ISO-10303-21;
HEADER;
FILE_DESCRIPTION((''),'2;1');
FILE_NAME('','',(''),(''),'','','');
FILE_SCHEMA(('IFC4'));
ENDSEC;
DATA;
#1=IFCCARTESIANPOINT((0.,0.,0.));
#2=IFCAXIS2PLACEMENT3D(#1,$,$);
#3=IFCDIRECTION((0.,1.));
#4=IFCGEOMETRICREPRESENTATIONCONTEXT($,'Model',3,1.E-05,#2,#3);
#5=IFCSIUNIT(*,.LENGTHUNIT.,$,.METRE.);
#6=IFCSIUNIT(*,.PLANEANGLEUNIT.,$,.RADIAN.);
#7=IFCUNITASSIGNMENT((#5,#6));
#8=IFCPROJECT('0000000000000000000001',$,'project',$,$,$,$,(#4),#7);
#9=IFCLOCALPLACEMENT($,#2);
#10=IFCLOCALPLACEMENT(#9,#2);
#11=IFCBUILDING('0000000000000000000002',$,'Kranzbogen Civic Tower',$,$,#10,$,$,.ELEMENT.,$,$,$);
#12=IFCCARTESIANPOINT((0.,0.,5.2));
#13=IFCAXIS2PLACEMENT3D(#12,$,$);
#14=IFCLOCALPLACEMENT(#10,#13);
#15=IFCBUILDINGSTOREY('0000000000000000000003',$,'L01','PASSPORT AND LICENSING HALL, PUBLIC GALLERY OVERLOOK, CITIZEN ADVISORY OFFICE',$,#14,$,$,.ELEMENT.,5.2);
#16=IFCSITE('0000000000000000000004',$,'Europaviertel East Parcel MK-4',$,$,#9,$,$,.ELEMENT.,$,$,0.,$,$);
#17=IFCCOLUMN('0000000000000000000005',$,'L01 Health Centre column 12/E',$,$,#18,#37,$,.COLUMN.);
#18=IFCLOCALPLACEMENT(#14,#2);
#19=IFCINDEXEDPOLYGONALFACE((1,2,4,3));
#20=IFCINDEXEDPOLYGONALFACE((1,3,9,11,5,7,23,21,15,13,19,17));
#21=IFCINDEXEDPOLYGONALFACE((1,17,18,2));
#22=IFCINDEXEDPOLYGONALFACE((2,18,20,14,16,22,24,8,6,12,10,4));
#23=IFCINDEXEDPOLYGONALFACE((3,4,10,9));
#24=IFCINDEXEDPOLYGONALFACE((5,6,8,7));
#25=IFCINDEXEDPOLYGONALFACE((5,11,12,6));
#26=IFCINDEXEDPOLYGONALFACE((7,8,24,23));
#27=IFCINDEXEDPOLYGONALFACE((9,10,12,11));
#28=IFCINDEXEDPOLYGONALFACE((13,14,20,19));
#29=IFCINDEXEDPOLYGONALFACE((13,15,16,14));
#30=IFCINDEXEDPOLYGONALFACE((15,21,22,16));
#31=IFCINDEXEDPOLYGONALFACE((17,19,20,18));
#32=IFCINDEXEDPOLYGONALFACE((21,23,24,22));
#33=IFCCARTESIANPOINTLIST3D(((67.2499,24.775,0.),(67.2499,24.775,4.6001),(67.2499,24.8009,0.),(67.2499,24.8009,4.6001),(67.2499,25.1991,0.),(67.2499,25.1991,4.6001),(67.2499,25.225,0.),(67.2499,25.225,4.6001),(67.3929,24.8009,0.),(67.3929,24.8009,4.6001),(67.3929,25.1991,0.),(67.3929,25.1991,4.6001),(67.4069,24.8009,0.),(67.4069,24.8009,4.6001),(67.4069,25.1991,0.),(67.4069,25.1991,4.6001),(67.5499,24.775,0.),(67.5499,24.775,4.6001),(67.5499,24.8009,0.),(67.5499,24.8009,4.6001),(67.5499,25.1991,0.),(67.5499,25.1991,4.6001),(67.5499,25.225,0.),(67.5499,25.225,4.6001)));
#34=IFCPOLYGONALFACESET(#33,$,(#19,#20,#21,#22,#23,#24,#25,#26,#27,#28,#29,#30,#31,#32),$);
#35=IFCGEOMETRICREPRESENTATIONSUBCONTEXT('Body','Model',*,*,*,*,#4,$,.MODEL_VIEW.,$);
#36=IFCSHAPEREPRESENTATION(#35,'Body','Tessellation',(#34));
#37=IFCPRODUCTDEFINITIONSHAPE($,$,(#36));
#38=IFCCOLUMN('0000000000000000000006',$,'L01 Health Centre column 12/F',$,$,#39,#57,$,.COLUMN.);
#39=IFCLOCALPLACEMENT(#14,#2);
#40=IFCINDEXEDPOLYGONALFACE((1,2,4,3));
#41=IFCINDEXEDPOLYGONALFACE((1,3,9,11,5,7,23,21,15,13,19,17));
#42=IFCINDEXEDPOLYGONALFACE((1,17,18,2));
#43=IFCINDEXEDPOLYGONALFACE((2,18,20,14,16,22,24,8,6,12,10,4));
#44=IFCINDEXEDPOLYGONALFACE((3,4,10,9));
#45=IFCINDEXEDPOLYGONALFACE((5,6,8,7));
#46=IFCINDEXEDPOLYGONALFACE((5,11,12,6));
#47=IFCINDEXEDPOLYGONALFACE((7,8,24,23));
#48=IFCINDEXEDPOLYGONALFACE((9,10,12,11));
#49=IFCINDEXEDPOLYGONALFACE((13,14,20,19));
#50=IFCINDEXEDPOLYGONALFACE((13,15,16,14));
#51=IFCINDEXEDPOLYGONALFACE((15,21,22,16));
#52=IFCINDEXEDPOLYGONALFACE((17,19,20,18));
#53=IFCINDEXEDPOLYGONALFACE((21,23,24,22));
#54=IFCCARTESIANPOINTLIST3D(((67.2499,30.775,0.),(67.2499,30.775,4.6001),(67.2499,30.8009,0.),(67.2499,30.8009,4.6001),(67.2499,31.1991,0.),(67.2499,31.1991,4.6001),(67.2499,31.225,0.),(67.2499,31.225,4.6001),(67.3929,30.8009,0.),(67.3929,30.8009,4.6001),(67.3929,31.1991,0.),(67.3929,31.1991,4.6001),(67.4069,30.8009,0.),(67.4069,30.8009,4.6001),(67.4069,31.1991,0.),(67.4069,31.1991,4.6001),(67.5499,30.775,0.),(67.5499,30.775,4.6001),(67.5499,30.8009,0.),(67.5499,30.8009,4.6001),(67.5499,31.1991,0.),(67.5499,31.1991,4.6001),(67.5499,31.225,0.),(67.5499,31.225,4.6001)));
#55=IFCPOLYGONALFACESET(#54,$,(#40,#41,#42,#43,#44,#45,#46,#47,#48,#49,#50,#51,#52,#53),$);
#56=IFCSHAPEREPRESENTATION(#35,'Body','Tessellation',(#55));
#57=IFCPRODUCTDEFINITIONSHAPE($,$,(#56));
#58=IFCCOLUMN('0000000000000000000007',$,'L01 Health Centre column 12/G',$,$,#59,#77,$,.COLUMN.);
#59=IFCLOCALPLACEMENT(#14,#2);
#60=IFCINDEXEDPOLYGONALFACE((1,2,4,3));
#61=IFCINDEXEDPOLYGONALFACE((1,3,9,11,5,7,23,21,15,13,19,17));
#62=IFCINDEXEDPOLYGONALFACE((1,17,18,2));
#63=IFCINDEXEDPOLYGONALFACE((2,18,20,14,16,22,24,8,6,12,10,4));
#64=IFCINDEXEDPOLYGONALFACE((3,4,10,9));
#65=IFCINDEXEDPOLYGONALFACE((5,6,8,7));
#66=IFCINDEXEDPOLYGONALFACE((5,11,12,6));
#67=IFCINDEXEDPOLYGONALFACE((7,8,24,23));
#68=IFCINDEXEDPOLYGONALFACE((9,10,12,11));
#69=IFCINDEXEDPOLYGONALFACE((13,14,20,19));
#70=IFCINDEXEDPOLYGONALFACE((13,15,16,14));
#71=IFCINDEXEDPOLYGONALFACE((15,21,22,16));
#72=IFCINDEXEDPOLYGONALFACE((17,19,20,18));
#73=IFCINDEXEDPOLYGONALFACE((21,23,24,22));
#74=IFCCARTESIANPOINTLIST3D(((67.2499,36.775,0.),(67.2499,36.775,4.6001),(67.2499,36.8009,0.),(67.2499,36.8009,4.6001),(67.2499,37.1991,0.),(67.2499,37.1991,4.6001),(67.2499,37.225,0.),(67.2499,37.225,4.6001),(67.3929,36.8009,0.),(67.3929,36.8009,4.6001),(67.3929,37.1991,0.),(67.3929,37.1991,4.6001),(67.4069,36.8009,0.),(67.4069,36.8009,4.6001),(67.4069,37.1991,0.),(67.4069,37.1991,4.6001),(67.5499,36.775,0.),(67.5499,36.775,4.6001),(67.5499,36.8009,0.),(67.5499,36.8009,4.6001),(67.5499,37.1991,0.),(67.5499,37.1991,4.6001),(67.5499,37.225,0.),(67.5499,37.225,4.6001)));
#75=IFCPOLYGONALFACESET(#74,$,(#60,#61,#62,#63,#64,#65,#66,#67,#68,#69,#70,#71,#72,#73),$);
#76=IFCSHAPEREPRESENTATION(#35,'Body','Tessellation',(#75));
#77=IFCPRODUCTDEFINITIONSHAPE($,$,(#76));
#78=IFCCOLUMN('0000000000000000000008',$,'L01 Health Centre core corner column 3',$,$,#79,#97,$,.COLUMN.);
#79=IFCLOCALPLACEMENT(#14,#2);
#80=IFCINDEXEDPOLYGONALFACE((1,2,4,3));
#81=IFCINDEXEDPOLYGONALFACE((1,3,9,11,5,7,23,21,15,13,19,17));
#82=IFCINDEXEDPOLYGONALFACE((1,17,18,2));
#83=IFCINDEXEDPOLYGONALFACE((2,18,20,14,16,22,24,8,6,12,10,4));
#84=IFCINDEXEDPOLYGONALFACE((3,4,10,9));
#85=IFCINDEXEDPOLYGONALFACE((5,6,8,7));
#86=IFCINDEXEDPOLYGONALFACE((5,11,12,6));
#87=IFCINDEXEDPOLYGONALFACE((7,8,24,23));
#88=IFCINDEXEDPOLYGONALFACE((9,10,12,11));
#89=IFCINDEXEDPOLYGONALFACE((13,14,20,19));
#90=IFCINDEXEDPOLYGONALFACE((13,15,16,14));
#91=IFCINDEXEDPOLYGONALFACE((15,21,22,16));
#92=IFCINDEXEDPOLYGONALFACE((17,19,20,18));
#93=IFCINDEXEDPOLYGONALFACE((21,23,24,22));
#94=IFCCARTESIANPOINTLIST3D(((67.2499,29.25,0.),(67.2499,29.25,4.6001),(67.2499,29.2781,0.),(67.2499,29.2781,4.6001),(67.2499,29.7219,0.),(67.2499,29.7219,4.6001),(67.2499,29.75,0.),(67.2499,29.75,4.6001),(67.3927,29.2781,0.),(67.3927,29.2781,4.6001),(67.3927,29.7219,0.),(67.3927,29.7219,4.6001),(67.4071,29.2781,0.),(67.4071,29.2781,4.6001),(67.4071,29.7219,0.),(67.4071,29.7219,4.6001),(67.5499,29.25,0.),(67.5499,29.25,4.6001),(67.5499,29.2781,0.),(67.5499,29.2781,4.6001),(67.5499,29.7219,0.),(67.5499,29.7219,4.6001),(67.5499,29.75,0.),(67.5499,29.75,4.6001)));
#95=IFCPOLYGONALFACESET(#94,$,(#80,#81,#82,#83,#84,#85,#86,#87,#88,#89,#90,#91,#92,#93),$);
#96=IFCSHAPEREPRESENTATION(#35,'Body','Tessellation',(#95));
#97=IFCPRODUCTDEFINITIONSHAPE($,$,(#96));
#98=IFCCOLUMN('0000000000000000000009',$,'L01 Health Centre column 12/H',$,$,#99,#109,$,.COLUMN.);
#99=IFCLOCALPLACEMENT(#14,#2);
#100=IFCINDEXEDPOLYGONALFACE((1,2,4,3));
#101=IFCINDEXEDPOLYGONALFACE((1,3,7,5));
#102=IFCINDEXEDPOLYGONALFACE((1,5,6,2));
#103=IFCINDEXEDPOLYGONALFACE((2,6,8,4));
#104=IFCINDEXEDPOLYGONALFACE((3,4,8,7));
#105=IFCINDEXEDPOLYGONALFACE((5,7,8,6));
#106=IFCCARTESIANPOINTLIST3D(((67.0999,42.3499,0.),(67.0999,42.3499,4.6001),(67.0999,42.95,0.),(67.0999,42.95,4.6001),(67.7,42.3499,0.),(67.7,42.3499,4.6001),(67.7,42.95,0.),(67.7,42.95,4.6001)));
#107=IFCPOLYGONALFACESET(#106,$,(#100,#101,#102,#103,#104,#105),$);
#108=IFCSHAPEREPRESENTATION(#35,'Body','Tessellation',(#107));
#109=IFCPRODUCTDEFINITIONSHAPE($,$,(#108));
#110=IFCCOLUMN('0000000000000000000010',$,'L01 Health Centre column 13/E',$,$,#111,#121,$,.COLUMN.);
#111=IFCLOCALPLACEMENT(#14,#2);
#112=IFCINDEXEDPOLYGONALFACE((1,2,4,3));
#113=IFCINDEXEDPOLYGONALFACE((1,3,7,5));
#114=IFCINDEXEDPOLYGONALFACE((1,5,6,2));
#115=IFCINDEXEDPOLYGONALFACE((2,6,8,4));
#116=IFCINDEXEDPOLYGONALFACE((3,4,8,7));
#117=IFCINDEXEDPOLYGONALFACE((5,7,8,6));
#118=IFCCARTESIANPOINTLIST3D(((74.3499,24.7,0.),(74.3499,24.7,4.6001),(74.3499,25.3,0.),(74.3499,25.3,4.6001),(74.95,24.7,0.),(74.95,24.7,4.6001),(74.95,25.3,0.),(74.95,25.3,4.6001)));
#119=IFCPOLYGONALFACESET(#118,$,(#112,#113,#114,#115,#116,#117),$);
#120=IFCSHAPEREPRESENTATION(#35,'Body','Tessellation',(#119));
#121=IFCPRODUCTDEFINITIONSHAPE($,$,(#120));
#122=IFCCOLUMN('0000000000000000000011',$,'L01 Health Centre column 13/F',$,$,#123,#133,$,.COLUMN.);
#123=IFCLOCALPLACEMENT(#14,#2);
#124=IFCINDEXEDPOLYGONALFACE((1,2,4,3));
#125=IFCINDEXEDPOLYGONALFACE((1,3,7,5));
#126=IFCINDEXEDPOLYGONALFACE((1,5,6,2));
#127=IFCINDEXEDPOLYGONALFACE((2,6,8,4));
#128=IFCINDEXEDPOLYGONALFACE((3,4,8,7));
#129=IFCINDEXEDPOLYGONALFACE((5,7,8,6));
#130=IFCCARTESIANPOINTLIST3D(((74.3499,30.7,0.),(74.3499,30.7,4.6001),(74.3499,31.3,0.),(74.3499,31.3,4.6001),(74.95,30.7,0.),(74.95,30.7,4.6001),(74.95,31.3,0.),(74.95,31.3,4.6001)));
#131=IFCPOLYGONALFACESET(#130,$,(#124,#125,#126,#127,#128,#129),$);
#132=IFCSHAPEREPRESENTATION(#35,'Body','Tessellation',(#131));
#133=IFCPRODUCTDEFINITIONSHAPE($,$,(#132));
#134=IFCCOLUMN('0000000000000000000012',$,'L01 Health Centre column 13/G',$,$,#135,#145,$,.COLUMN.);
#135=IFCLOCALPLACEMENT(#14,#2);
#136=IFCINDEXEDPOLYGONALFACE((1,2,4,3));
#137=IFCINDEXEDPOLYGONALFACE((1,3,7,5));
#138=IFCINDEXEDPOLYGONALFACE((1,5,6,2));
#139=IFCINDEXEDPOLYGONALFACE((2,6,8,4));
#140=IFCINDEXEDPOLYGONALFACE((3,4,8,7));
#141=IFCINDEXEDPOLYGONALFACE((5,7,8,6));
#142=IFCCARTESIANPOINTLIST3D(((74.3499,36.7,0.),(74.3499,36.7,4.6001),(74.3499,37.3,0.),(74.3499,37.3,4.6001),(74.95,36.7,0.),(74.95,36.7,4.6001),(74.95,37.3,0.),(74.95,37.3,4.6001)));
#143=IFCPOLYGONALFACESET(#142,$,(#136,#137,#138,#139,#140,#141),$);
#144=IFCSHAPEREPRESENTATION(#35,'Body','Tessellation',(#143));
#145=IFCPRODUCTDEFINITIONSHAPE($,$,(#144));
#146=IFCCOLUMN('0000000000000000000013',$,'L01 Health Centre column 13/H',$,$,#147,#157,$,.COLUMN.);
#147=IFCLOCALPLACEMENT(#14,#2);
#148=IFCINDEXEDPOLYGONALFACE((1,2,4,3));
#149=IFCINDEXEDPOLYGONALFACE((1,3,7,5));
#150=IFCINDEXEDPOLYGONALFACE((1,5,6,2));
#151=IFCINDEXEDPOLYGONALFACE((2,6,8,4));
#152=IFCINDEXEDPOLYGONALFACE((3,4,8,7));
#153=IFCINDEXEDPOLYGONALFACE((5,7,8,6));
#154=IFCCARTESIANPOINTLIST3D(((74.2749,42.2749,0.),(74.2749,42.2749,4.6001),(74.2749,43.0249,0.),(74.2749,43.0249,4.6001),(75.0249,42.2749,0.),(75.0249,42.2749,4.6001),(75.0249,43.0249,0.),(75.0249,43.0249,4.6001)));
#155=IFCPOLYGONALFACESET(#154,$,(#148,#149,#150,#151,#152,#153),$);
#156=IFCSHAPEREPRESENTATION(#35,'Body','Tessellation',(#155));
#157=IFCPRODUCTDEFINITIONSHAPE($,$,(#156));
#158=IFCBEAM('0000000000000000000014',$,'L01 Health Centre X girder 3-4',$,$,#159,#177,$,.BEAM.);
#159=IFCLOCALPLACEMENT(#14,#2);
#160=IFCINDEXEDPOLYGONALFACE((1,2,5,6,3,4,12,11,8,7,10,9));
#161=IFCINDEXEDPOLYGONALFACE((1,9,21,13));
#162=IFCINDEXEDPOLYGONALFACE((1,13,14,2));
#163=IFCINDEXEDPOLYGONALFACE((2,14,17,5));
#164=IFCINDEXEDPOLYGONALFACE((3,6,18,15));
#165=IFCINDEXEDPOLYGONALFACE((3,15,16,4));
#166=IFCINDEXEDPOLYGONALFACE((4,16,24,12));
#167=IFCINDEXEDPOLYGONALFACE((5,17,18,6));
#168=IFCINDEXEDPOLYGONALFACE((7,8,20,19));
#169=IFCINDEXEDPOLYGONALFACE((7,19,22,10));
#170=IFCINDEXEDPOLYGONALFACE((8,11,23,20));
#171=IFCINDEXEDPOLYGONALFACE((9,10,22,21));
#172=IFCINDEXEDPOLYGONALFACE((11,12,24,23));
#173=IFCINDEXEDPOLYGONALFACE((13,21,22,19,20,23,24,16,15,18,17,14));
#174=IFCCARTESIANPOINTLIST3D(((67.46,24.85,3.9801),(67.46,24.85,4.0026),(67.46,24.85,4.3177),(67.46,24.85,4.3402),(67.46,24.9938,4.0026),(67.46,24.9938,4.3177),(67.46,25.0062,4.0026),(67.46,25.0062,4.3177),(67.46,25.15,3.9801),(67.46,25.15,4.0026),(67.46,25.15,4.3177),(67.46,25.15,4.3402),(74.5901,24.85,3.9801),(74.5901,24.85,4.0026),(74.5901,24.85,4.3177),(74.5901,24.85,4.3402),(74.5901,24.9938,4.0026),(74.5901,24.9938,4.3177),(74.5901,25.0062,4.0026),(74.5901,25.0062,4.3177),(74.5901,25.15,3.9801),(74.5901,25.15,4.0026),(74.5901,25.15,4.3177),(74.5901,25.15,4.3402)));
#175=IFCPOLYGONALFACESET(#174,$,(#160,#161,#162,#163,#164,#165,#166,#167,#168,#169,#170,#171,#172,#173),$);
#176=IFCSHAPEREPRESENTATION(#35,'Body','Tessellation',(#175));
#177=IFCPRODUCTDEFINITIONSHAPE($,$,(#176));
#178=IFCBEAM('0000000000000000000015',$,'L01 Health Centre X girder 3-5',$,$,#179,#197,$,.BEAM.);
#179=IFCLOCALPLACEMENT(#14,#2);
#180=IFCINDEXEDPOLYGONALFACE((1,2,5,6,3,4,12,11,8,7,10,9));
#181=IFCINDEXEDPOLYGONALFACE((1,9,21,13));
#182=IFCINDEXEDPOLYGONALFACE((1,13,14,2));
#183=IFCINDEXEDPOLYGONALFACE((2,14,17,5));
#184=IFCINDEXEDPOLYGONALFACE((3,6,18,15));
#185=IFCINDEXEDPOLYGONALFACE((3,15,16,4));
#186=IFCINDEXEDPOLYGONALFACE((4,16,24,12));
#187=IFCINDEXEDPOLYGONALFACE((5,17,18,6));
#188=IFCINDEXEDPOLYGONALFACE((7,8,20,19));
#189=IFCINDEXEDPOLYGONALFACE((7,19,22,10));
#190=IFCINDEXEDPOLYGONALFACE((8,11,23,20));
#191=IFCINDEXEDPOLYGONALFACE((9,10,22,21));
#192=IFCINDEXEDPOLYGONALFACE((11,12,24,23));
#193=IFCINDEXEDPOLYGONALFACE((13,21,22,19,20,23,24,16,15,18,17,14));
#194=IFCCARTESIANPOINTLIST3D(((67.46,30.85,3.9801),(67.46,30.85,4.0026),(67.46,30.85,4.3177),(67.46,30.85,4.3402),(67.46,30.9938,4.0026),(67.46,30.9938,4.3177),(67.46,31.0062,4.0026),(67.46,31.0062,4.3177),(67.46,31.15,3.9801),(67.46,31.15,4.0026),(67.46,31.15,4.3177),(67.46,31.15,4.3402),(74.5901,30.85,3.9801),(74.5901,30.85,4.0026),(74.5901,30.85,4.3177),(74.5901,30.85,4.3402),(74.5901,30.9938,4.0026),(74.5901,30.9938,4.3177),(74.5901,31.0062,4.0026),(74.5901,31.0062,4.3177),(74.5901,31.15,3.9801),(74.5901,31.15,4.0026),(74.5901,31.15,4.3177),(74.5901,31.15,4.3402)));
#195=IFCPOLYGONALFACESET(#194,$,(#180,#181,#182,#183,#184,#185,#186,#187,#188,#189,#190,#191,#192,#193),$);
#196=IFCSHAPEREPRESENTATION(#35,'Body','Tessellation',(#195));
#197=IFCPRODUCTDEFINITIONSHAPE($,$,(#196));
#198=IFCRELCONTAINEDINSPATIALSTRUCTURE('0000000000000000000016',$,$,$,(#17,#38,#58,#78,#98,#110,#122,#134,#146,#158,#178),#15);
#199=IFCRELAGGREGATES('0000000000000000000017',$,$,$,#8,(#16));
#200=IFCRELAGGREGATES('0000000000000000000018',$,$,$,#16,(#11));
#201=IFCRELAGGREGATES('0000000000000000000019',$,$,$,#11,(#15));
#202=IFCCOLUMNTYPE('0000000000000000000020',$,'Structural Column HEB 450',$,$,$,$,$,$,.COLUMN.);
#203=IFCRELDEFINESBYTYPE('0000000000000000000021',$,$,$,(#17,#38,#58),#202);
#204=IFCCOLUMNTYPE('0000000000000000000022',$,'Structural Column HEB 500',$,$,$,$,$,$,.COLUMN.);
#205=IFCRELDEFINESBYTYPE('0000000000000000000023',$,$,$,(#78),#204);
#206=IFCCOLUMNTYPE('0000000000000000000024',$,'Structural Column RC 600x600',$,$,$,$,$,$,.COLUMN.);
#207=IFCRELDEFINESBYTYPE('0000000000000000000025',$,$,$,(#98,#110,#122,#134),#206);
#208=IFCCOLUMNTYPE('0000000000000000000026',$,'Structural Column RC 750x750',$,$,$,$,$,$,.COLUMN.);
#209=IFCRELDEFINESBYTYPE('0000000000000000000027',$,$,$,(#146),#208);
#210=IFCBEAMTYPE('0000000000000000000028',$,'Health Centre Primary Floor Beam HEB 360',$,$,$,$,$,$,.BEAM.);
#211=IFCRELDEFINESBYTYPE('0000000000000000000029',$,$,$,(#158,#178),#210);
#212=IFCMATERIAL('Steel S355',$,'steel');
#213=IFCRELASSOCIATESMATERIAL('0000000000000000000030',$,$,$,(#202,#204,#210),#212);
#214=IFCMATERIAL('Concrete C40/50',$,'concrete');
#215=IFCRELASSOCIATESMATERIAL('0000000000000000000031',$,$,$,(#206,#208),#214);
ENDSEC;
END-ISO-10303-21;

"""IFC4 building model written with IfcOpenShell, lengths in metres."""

from ifc_helpers import new_model, si_unit, direction, frame, origin, origin_2d, place, context, subcontext, project, spatial, rectangle, i_section, extrude, material, material_profile, profile_set, type_object, element, save


model = new_model("IFC4")

# Units and contexts
model_context = context("Model", 3, precision=1e-05, world=origin(), true_north=direction((0.0, 1.0)))
body_context = subcontext(model_context, "Body", "Model", "MODEL_VIEW")
ifc_project = project(units=[si_unit("LENGTHUNIT", "METRE"), si_unit("PLANEANGLEUNIT", "RADIAN")], contexts=[model_context])

# Site, building, storey
site_placement = place(None, origin())
site = spatial("IfcSite", under=ifc_project, at=site_placement, Name="Europaviertel East Parcel MK-4", CompositionType="ELEMENT", RefElevation=0.0)
building_placement = place(site_placement, origin())
building = spatial("IfcBuilding", under=site, at=building_placement, Name="Kranzbogen Civic Tower", CompositionType="ELEMENT")
storey_placement = place(building_placement, frame((0.0, 0.0, 5.2)))
storey = spatial("IfcBuildingStorey", under=building, at=storey_placement, Name="L01", Description="PASSPORT AND LICENSING HALL, PUBLIC GALLERY OVERLOOK, CITIZEN ADVISORY OFFICE", CompositionType="ELEMENT", Elevation=5.2)

# Columns
ifc_material_1 = material(Name="Steel S355", Category="steel")
ifc_material_profile_1 = material_profile(ifc_material_1, i_section(OverallWidth=0.3, OverallDepth=0.45, WebThickness=0.0139, FlangeThickness=0.0259, at=origin_2d()), Name="HEB 450")
ifc_profile_set_1 = profile_set([ifc_material_profile_1], Name="Steel S355")
column_type_1 = type_object("IfcColumnType", Name="Structural Column HEB 450", PredefinedType="COLUMN", material=ifc_profile_set_1)
for number, where, z_axis, x_axis, name in (
    (1, (67.3999, 25.0, 0.0), (0.0, 0.0, 1.0), (1.0, 0.0, 0.0), "L01 Health Centre column 12/E"),
    (2, (67.3999, 31.0, 0.0), (0.0, 0.0, 1.0), (1.0, 0.0, 0.0), "L01 Health Centre column 12/F"),
    (3, (67.3999, 37.0, 0.0), (0.0, 0.0, 1.0), (1.0, 0.0, 0.0), "L01 Health Centre column 12/G"),
):
    element("IfcColumn", number, at=place(storey_placement, frame(where, z_axis=z_axis, x_axis=x_axis)), inside=storey, type_object=column_type_1, Name=name, PredefinedType="COLUMN", context=body_context, shape_type="SweptSolid", body=[
        extrude(i_section(OverallWidth=0.3, OverallDepth=0.45, WebThickness=0.0139, FlangeThickness=0.0259, at=origin_2d()), origin(), (0.0, 0.0, 1.0), 4.6001),
    ])
ifc_material_profile_2 = material_profile(ifc_material_1, i_section(OverallWidth=0.3, OverallDepth=0.5, WebThickness=0.0144, FlangeThickness=0.0281, at=origin_2d()), Name="HEB 500")
ifc_profile_set_2 = profile_set([ifc_material_profile_2], Name="Steel S355")
column_type_2 = type_object("IfcColumnType", Name="Structural Column HEB 500", PredefinedType="COLUMN", material=ifc_profile_set_2)
column_1_placement = place(storey_placement, frame((67.3999, 29.5, 0.0), z_axis=(0.0, 0.0, 1.0), x_axis=(1.0, 0.0, 0.0)))
element("IfcColumn", 4, at=column_1_placement, inside=storey, type_object=column_type_2, Name="L01 Health Centre core corner column 3", PredefinedType="COLUMN", context=body_context, shape_type="SweptSolid", body=[
    extrude(i_section(OverallWidth=0.3, OverallDepth=0.5, WebThickness=0.0144, FlangeThickness=0.0281, at=origin_2d()), origin(), (0.0, 0.0, 1.0), 4.6001),
])
ifc_material_2 = material(Name="Concrete C40/50", Category="concrete")
ifc_material_profile_3 = material_profile(ifc_material_2, rectangle(XDim=0.6001, YDim=0.6001, at=origin_2d()), Name="RC 600x600")
ifc_profile_set_3 = profile_set([ifc_material_profile_3], Name="Concrete C40/50")
column_type_3 = type_object("IfcColumnType", Name="Structural Column RC 600x600", PredefinedType="COLUMN", material=ifc_profile_set_3)
for number, where, z_axis, x_axis, name in (
    (5, (67.3999, 42.6499, 0.0), (0.0, 0.0, 1.0), (1.0, 0.0, 0.0), "L01 Health Centre column 12/H"),
    (6, (74.6499, 25.0, 0.0), (0.0, 0.0, 1.0), (1.0, 0.0, 0.0), "L01 Health Centre column 13/E"),
    (7, (74.6499, 31.0, 0.0), (0.0, 0.0, 1.0), (1.0, 0.0, 0.0), "L01 Health Centre column 13/F"),
    (8, (74.6499, 37.0, 0.0), (0.0, 0.0, 1.0), (1.0, 0.0, 0.0), "L01 Health Centre column 13/G"),
):
    element("IfcColumn", number, at=place(storey_placement, frame(where, z_axis=z_axis, x_axis=x_axis)), inside=storey, type_object=column_type_3, Name=name, PredefinedType="COLUMN", context=body_context, shape_type="SweptSolid", body=[
        extrude(rectangle(XDim=0.6001, YDim=0.6001, at=origin_2d()), origin(), (0.0, 0.0, 1.0), 4.6001),
    ])
ifc_material_profile_4 = material_profile(ifc_material_2, rectangle(XDim=0.75, YDim=0.75, at=origin_2d()), Name="RC 750x750")
ifc_profile_set_4 = profile_set([ifc_material_profile_4], Name="Concrete C40/50")
column_type_4 = type_object("IfcColumnType", Name="Structural Column RC 750x750", PredefinedType="COLUMN", material=ifc_profile_set_4)
column_2_placement = place(storey_placement, frame((74.6499, 42.6499, 0.0), z_axis=(0.0, 0.0, 1.0), x_axis=(1.0, 0.0, 0.0)))
element("IfcColumn", 9, at=column_2_placement, inside=storey, type_object=column_type_4, Name="L01 Health Centre column 13/H", PredefinedType="COLUMN", context=body_context, shape_type="SweptSolid", body=[
    extrude(rectangle(XDim=0.75, YDim=0.75, at=origin_2d()), origin(), (0.0, 0.0, 1.0), 4.6001),
])

# Beams
ifc_material_profile_5 = material_profile(ifc_material_1, i_section(OverallWidth=0.3, OverallDepth=0.3601, WebThickness=0.0125, FlangeThickness=0.0225, at=origin_2d()), Name="HEB 360")
ifc_profile_set_5 = profile_set([ifc_material_profile_5], Name="Steel S355")
beam_type_1 = type_object("IfcBeamType", Name="Health Centre Primary Floor Beam HEB 360", PredefinedType="BEAM", material=ifc_profile_set_5)
for number, where, z_axis, x_axis, name in (
    (10, (67.46, 25.0, 4.1602), (1.0, 0.0, 0.0), (0.0, 1.0, 0.0), "L01 Health Centre X girder 3-4"),
    (11, (67.46, 31.0, 4.1602), (1.0, 0.0, 0.0), (0.0, 1.0, 0.0), "L01 Health Centre X girder 3-5"),
):
    element("IfcBeam", number, at=place(storey_placement, frame(where, z_axis=z_axis, x_axis=x_axis)), inside=storey, type_object=beam_type_1, Name=name, PredefinedType="BEAM", context=body_context, shape_type="SweptSolid", body=[
        extrude(i_section(OverallWidth=0.3, OverallDepth=0.3601, WebThickness=0.0125, FlangeThickness=0.0225, at=origin_2d()), origin(), (0.0, 0.0, 1.0), 7.1301),
    ])

save(model, "model.ifc")
